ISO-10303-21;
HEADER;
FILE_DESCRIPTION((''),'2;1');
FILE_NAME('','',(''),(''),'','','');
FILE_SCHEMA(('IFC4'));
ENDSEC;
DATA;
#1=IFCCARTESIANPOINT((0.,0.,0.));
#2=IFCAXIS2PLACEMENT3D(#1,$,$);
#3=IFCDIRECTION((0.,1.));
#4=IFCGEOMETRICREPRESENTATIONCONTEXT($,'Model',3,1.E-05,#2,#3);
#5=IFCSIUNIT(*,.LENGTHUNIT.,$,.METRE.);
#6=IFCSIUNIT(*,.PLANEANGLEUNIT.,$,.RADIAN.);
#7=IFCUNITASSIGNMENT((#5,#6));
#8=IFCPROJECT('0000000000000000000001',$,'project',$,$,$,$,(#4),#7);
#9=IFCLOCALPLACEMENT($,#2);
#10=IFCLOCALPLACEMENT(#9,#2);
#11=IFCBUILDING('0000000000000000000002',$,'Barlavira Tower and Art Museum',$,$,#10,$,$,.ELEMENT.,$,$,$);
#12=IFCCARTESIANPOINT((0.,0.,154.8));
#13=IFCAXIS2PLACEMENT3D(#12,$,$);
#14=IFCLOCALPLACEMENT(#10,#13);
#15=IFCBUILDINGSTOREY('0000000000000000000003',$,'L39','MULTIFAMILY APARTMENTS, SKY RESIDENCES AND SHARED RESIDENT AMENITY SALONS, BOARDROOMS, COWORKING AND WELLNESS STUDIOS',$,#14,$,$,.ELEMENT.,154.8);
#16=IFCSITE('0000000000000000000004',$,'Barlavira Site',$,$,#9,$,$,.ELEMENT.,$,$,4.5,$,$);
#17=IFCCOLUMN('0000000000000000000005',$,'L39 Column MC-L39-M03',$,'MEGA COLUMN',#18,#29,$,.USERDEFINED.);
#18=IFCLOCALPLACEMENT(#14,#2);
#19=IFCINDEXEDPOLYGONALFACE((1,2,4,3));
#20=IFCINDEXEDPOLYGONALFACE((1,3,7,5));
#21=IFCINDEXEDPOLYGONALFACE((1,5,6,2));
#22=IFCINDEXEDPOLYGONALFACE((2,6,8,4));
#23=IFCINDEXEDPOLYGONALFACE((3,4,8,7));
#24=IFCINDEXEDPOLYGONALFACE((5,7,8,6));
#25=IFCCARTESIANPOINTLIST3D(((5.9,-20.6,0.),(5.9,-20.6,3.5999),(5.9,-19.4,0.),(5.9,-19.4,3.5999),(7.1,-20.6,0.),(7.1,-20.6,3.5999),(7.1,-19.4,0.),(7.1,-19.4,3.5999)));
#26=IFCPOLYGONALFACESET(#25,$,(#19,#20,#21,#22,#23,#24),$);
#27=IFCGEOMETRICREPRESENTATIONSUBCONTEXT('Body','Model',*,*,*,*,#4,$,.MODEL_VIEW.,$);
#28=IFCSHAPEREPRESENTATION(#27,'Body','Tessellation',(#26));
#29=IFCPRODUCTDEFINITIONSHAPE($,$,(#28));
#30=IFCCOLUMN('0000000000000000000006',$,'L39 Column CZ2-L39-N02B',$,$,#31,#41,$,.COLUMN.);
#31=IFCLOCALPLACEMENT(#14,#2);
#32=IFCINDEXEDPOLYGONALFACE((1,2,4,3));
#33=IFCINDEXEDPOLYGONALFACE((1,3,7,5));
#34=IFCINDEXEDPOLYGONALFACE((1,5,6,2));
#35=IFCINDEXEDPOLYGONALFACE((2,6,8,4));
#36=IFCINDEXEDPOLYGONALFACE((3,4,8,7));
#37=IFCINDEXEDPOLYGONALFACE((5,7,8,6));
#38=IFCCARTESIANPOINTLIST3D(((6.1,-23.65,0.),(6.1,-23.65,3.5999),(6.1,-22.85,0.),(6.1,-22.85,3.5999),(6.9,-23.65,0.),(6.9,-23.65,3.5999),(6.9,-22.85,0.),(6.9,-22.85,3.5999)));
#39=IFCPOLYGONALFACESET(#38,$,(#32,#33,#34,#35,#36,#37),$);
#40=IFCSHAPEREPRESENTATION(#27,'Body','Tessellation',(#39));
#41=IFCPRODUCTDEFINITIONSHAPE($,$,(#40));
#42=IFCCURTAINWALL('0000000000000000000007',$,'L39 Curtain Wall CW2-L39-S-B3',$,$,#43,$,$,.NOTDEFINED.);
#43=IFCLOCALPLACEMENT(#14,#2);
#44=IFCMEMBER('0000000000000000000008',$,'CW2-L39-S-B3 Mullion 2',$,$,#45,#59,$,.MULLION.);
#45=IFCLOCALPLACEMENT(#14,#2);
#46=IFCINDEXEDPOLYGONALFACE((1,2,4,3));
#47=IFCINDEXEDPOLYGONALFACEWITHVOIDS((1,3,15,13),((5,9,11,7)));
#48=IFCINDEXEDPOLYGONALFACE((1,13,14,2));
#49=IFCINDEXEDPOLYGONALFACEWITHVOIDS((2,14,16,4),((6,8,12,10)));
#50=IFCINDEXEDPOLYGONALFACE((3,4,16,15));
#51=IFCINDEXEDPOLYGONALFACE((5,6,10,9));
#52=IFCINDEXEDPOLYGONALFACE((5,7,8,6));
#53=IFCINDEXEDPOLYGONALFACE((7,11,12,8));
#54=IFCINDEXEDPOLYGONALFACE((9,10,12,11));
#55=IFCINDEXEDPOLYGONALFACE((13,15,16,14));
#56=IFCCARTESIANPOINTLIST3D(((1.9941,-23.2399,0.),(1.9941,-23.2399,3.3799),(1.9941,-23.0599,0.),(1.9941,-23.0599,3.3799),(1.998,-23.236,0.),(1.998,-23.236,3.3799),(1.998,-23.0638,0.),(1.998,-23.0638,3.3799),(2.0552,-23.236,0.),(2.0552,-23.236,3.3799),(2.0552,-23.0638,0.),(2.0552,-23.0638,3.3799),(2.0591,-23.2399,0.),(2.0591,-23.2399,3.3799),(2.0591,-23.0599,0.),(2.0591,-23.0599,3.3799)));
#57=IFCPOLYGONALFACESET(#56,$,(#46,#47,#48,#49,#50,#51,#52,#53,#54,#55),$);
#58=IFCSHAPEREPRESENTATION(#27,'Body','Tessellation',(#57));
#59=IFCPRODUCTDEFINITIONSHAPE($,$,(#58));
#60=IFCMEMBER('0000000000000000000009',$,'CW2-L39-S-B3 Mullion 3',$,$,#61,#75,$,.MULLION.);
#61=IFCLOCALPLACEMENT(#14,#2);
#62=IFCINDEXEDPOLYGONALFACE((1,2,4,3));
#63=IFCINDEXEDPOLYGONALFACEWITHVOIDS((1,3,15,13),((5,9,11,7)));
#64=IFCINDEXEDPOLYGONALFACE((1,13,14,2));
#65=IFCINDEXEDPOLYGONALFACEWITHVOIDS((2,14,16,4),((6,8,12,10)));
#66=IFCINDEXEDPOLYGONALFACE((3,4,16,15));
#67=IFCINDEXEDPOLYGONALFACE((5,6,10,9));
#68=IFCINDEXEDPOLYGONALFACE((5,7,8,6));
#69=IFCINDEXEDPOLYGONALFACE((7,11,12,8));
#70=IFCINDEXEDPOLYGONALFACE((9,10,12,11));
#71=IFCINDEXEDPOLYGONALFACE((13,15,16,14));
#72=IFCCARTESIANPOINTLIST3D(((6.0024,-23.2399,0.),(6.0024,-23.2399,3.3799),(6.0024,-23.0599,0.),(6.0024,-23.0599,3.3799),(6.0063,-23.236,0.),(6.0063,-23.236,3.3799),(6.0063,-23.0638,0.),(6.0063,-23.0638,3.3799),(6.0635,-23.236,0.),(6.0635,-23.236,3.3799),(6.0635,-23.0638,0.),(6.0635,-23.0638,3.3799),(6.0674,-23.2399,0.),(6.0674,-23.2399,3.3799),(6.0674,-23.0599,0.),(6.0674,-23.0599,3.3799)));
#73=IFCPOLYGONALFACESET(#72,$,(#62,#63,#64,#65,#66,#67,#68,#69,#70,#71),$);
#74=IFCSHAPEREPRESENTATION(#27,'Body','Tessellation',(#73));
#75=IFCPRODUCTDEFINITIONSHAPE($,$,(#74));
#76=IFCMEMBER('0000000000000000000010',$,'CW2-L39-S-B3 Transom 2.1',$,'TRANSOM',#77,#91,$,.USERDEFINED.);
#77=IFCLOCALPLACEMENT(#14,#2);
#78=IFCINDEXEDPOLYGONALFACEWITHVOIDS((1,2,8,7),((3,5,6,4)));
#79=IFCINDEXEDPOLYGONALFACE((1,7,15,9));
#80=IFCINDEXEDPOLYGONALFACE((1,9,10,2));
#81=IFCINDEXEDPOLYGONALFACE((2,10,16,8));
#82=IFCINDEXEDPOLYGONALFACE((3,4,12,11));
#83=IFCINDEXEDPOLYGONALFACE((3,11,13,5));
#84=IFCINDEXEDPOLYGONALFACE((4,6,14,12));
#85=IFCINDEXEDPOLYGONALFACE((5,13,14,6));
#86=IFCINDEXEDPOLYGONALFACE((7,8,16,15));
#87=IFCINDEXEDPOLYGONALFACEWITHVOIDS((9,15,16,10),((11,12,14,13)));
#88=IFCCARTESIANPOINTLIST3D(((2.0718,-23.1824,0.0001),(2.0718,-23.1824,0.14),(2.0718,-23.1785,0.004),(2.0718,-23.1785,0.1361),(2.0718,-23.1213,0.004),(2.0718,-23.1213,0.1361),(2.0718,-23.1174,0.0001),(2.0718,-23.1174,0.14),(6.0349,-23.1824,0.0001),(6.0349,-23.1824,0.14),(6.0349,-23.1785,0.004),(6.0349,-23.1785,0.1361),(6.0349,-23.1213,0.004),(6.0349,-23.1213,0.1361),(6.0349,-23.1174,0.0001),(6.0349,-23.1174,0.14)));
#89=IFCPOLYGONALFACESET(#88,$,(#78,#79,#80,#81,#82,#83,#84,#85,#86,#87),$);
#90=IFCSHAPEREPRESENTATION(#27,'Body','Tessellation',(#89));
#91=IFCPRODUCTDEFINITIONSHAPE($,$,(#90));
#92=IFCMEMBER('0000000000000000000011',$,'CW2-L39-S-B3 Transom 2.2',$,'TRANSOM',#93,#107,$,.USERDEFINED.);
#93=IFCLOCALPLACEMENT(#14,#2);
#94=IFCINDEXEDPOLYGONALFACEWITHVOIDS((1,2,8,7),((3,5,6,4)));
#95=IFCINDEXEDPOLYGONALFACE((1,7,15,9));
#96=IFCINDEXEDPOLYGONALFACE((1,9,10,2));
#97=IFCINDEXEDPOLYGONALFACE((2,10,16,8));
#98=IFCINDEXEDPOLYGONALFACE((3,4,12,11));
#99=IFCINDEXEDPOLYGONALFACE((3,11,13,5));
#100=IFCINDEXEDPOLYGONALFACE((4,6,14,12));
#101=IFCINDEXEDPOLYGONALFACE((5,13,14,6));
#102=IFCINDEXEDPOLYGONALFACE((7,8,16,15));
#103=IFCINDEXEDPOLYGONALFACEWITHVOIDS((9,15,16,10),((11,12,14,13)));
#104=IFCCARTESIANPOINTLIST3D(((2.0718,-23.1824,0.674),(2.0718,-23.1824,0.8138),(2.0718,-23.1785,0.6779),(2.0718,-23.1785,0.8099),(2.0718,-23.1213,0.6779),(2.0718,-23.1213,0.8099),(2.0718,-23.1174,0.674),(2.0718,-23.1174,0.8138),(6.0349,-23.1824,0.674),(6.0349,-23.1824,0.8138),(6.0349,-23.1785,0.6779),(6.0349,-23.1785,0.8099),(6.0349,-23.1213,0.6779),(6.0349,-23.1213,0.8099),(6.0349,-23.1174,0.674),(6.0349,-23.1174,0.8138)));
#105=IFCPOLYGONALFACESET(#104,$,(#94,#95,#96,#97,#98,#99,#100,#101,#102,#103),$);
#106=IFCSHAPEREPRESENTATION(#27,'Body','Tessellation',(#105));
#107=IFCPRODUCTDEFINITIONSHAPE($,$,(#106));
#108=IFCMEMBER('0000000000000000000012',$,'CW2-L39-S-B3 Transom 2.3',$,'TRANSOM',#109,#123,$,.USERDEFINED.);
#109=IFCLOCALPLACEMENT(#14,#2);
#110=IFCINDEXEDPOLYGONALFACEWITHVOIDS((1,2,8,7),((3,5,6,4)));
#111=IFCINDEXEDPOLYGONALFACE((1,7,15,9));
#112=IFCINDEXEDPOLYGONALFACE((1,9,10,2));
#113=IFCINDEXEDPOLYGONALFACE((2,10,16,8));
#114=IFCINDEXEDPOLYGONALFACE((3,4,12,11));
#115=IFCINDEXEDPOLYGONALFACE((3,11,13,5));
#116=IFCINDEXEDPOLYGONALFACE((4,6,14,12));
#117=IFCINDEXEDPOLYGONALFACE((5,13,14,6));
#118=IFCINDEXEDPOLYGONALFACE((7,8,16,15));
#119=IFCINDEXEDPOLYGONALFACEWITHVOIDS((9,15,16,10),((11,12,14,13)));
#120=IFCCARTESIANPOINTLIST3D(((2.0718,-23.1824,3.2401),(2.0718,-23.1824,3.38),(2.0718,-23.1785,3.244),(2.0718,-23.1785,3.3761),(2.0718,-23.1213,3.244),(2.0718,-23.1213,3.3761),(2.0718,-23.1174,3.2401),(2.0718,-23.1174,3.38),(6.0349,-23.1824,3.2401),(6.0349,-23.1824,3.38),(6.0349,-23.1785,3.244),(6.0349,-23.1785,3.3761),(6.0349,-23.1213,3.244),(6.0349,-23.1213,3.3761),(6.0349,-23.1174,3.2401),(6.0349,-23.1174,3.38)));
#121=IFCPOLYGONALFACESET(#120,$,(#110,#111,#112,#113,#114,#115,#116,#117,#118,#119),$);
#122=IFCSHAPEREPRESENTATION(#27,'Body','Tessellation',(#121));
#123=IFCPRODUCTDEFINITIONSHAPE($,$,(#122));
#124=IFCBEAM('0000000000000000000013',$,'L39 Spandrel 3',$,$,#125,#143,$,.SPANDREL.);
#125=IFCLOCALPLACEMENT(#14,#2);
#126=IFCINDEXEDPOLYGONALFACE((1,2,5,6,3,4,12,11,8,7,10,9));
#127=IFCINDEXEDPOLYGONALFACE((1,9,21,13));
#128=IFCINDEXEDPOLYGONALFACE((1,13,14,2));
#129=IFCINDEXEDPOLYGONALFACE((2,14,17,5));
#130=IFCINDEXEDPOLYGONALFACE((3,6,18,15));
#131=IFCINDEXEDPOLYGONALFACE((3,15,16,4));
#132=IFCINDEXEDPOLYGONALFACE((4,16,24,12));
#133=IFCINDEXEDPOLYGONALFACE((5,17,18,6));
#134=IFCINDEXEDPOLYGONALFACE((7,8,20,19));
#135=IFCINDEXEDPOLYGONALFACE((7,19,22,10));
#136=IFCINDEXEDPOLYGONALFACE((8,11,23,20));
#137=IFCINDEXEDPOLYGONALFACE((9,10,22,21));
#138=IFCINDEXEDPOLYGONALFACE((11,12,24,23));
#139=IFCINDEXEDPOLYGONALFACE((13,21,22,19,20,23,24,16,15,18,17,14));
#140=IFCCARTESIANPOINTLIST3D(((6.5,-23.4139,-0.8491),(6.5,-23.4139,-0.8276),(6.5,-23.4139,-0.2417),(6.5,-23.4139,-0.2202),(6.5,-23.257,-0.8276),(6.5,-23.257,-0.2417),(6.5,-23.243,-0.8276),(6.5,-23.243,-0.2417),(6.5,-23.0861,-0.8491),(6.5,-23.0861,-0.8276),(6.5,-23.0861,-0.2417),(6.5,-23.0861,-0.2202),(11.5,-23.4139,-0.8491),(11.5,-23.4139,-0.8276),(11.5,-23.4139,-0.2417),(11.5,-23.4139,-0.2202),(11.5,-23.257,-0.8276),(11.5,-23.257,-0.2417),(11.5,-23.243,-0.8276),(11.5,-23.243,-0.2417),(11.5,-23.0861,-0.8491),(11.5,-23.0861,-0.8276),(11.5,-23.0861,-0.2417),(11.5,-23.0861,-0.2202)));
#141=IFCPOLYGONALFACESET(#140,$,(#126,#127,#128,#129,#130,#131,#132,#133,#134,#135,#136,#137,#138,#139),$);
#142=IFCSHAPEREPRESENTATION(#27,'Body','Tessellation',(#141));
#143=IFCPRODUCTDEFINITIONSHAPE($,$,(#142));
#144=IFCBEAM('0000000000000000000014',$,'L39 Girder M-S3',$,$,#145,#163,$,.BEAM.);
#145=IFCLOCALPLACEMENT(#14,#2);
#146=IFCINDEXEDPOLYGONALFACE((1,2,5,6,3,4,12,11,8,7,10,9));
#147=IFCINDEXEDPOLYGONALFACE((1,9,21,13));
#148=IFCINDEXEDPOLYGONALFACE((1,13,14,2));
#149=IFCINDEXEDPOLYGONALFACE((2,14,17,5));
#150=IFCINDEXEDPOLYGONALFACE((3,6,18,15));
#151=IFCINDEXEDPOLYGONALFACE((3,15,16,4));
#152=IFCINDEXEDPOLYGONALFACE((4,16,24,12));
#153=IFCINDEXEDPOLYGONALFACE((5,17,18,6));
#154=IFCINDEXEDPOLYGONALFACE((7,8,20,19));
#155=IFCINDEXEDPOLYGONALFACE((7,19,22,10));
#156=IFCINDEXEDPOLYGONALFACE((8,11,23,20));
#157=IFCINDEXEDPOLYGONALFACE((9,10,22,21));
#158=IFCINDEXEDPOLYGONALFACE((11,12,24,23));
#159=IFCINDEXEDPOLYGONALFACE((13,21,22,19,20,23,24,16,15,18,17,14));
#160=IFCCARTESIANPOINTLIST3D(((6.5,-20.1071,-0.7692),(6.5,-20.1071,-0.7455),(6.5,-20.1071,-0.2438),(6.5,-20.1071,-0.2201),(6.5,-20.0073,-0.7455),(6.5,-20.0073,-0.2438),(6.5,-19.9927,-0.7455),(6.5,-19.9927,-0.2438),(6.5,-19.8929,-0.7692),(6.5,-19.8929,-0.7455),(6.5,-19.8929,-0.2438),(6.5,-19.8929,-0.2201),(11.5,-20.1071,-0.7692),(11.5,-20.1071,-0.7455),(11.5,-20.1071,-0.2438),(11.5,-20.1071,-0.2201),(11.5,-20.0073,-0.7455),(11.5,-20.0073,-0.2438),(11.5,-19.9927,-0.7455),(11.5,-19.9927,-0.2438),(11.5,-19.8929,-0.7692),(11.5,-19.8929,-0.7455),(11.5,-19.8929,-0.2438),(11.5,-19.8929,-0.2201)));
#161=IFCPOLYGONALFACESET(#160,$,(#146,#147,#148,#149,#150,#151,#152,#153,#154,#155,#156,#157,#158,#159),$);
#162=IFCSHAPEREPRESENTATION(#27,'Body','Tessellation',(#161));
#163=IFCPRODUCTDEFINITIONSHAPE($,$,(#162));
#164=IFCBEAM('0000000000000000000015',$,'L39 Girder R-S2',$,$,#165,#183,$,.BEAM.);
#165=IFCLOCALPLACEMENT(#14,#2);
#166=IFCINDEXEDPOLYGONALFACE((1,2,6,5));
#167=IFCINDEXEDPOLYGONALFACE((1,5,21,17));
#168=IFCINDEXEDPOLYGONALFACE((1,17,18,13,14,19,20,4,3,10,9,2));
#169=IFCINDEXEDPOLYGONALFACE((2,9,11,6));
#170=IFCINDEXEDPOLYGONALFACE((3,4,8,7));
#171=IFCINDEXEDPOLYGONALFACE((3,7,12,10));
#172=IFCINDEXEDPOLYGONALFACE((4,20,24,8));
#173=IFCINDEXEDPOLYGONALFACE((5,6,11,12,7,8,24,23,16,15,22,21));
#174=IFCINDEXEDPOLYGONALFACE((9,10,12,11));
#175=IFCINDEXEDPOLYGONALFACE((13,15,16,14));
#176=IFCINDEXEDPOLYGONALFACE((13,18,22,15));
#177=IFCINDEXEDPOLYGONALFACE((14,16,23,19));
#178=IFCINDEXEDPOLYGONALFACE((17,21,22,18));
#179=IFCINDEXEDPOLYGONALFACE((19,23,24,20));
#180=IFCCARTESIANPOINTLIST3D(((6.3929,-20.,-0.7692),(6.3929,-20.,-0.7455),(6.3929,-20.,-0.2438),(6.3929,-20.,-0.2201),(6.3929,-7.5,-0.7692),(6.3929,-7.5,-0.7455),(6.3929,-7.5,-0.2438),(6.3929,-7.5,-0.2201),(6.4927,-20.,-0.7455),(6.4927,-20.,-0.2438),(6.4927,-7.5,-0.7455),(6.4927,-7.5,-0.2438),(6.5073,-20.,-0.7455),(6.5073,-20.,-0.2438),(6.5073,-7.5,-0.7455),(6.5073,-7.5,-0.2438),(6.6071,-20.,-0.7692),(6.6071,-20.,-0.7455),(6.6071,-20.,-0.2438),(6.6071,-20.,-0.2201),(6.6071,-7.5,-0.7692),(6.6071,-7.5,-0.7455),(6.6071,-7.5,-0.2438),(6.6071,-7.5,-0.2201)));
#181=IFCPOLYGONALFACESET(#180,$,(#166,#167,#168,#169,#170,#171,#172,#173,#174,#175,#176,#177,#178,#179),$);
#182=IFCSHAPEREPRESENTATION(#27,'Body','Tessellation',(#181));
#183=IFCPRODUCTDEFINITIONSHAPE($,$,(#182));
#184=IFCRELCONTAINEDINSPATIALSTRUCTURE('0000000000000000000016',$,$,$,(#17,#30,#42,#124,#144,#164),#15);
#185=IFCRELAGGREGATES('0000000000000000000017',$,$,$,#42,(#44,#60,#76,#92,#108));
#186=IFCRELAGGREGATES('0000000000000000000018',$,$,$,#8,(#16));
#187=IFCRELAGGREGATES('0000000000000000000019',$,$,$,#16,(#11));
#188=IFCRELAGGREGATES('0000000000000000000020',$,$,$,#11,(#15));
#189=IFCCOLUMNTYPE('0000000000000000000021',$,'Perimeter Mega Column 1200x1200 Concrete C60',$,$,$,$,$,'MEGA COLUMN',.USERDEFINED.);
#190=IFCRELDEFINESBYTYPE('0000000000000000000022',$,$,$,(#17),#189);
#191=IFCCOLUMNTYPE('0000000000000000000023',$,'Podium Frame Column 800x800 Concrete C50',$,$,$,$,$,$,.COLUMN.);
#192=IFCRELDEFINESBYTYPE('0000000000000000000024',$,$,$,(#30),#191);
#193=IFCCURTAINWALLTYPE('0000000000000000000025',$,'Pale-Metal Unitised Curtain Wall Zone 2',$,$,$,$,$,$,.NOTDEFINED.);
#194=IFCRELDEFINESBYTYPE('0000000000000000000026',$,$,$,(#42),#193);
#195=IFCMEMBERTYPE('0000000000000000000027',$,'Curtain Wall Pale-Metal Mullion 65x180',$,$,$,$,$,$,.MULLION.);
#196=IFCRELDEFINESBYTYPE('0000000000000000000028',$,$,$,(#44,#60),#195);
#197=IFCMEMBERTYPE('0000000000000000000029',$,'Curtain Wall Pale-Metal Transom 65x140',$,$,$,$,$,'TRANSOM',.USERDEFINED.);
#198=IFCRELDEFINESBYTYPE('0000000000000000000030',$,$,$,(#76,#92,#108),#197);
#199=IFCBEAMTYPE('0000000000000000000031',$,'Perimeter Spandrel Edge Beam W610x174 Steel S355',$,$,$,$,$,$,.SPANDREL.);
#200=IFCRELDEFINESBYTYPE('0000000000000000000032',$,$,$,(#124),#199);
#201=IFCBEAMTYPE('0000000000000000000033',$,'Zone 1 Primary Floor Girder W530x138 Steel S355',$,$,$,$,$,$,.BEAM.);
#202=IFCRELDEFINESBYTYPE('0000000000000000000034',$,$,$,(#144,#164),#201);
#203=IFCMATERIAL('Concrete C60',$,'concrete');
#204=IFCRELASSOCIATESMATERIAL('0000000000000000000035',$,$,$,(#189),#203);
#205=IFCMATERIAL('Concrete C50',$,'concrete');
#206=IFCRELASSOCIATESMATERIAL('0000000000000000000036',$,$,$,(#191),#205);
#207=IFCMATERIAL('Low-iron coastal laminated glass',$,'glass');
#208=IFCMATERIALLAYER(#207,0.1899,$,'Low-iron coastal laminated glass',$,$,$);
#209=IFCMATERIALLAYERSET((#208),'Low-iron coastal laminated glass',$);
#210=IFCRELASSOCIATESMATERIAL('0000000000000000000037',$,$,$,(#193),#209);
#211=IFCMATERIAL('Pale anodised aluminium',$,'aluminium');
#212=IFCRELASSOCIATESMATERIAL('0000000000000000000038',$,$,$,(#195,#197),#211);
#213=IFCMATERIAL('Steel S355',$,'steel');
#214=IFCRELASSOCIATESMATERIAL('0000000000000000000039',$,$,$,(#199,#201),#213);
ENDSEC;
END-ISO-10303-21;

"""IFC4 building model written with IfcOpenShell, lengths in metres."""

from ifc_helpers import new_model, si_unit, direction, frame, origin, origin_2d, place, context, subcontext, project, spatial, rectangle, hollow_rectangle, i_section, extrude, material, layer, layer_set, material_profile, profile_set, type_object, element, aggregate, save


model = new_model("IFC4")

# Units and contexts
model_context = context("Model", 3, precision=1e-05, world=origin(), true_north=direction((0.0, 1.0)))
body_context = subcontext(model_context, "Body", "Model", "MODEL_VIEW")
ifc_project = project(units=[si_unit("LENGTHUNIT", "METRE"), si_unit("PLANEANGLEUNIT", "RADIAN")], contexts=[model_context])

# Site, building, storey
site_placement = place(None, origin())
site = spatial("IfcSite", under=ifc_project, at=site_placement, Name="Barlavira Site", CompositionType="ELEMENT", RefElevation=4.5)
building_placement = place(site_placement, origin())
building = spatial("IfcBuilding", under=site, at=building_placement, Name="Barlavira Tower and Art Museum", CompositionType="ELEMENT")
storey_placement = place(building_placement, frame((0.0, 0.0, 154.8)))
storey = spatial("IfcBuildingStorey", under=building, at=storey_placement, Name="L39", Description="MULTIFAMILY APARTMENTS, SKY RESIDENCES AND SHARED RESIDENT AMENITY SALONS, BOARDROOMS, COWORKING AND WELLNESS STUDIOS", CompositionType="ELEMENT", Elevation=154.8)

# Columns
ifc_material_1 = material(Name="Concrete C60", Category="concrete")
ifc_material_profile_1 = material_profile(ifc_material_1, rectangle(XDim=1.2, YDim=1.2, at=origin_2d()), Name="RC-COL 1200x1200")
ifc_profile_set_1 = profile_set([ifc_material_profile_1], Name="Concrete C60")
column_type_1 = type_object("IfcColumnType", Name="Perimeter Mega Column 1200x1200 Concrete C60", ElementType="MEGA COLUMN", PredefinedType="USERDEFINED", material=ifc_profile_set_1)
column_1_placement = place(storey_placement, frame((6.5, -20.0, 0.0), z_axis=(0.0, 0.0, 1.0), x_axis=(1.0, 0.0, 0.0)))
element("IfcColumn", 1, at=column_1_placement, inside=storey, type_object=column_type_1, Name="L39 Column MC-L39-M03", ObjectType="MEGA COLUMN", PredefinedType="USERDEFINED", context=body_context, shape_type="SweptSolid", body=[
    extrude(rectangle(XDim=1.2, YDim=1.2, at=origin_2d()), origin(), (0.0, 0.0, 1.0), 3.5999),
])
ifc_material_2 = material(Name="Concrete C50", Category="concrete")
ifc_material_profile_2 = material_profile(ifc_material_2, rectangle(XDim=0.8, YDim=0.8, at=origin_2d()), Name="RC-COL 800x800")
ifc_profile_set_2 = profile_set([ifc_material_profile_2], Name="Concrete C50")
column_type_2 = type_object("IfcColumnType", Name="Podium Frame Column 800x800 Concrete C50", PredefinedType="COLUMN", material=ifc_profile_set_2)
column_2_placement = place(storey_placement, frame((6.5, -23.25, 0.0), z_axis=(0.0, 0.0, 1.0), x_axis=(1.0, 0.0, 0.0)))
element("IfcColumn", 2, at=column_2_placement, inside=storey, type_object=column_type_2, Name="L39 Column CZ2-L39-N02B", PredefinedType="COLUMN", context=body_context, shape_type="SweptSolid", body=[
    extrude(rectangle(XDim=0.8, YDim=0.8, at=origin_2d()), origin(), (0.0, 0.0, 1.0), 3.5999),
])

# Curtain wall, members
ifc_material_3 = material(Name="Low-iron coastal laminated glass", Category="glass")
ifc_layer_1 = layer(ifc_material_3, 0.1899, Name="Low-iron coastal laminated glass")
ifc_layer_set_1 = layer_set([ifc_layer_1], Name="Low-iron coastal laminated glass")
curtain_wall_type = type_object("IfcCurtainWallType", Name="Pale-Metal Unitised Curtain Wall Zone 2", PredefinedType="NOTDEFINED", material=ifc_layer_set_1)
curtain_wall_placement = place(storey_placement, origin())
curtain_wall = element("IfcCurtainWall", 3, at=curtain_wall_placement, inside=storey, type_object=curtain_wall_type, Name="L39 Curtain Wall CW2-L39-S-B3", PredefinedType="NOTDEFINED")
ifc_material_4 = material(Name="Pale anodised aluminium", Category="aluminium")
ifc_material_profile_3 = material_profile(ifc_material_4, hollow_rectangle(XDim=0.0649, YDim=0.1799, WallThickness=0.0039, at=origin_2d()), Name="ALU-MULL 65x180x4")
ifc_profile_set_3 = profile_set([ifc_material_profile_3], Name="Pale anodised aluminium")
member_type_1 = type_object("IfcMemberType", Name="Curtain Wall Pale-Metal Mullion 65x180", PredefinedType="MULLION", material=ifc_profile_set_3)
member_1_placement = place(storey_placement, frame((2.0266, -23.1499, 0.0), z_axis=(0.0, 0.0, 1.0), x_axis=(1.0, 0.0, 0.0)))
member_1 = element("IfcMember", 4, at=member_1_placement, type_object=member_type_1, Name="CW2-L39-S-B3 Mullion 2", PredefinedType="MULLION", context=body_context, shape_type="SweptSolid", body=[
    extrude(hollow_rectangle(XDim=0.0649, YDim=0.1799, WallThickness=0.0039, at=origin_2d()), origin(), (0.0, 0.0, 1.0), 3.3799),
])
member_2_placement = place(storey_placement, frame((6.0349, -23.1499, 0.0), z_axis=(0.0, 0.0, 1.0), x_axis=(1.0, 0.0, 0.0)))
member_2 = element("IfcMember", 5, at=member_2_placement, type_object=member_type_1, Name="CW2-L39-S-B3 Mullion 3", PredefinedType="MULLION", context=body_context, shape_type="SweptSolid", body=[
    extrude(hollow_rectangle(XDim=0.0649, YDim=0.1799, WallThickness=0.0039, at=origin_2d()), origin(), (0.0, 0.0, 1.0), 3.3799),
])
ifc_material_profile_4 = material_profile(ifc_material_4, hollow_rectangle(XDim=0.0649, YDim=0.1399, WallThickness=0.0039, at=origin_2d()), Name="ALU-TRAN 65x140x4")
ifc_profile_set_4 = profile_set([ifc_material_profile_4], Name="Pale anodised aluminium")
member_type_2 = type_object("IfcMemberType", Name="Curtain Wall Pale-Metal Transom 65x140", ElementType="TRANSOM", PredefinedType="USERDEFINED", material=ifc_profile_set_4)
member_3_placement = place(storey_placement, frame((2.0718, -23.1499, 0.0701), z_axis=(1.0, 0.0, 0.0), x_axis=(0.0, 1.0, 0.0)))
member_3 = element("IfcMember", 6, at=member_3_placement, type_object=member_type_2, Name="CW2-L39-S-B3 Transom 2.1", ObjectType="TRANSOM", PredefinedType="USERDEFINED", context=body_context, shape_type="SweptSolid", body=[
    extrude(hollow_rectangle(XDim=0.0649, YDim=0.1399, WallThickness=0.0039, at=origin_2d()), origin(), (0.0, 0.0, 1.0), 3.9631),
])
member_4_placement = place(storey_placement, frame((2.0718, -23.1499, 0.7439), z_axis=(1.0, 0.0, 0.0), x_axis=(0.0, 1.0, 0.0)))
member_4 = element("IfcMember", 7, at=member_4_placement, type_object=member_type_2, Name="CW2-L39-S-B3 Transom 2.2", ObjectType="TRANSOM", PredefinedType="USERDEFINED", context=body_context, shape_type="SweptSolid", body=[
    extrude(hollow_rectangle(XDim=0.0649, YDim=0.1399, WallThickness=0.0039, at=origin_2d()), origin(), (0.0, 0.0, 1.0), 3.9631),
])
member_5_placement = place(storey_placement, frame((2.0718, -23.1499, 3.3101), z_axis=(1.0, 0.0, 0.0), x_axis=(0.0, 1.0, 0.0)))
member_5 = element("IfcMember", 8, at=member_5_placement, type_object=member_type_2, Name="CW2-L39-S-B3 Transom 2.3", ObjectType="TRANSOM", PredefinedType="USERDEFINED", context=body_context, shape_type="SweptSolid", body=[
    extrude(hollow_rectangle(XDim=0.0649, YDim=0.1399, WallThickness=0.0039, at=origin_2d()), origin(), (0.0, 0.0, 1.0), 3.9631),
])

# Beams
ifc_material_5 = material(Name="Steel S355", Category="steel")
ifc_material_profile_5 = material_profile(ifc_material_5, i_section(OverallWidth=0.3279, OverallDepth=0.6289, WebThickness=0.0139, FlangeThickness=0.0215, at=origin_2d()), Name="W610x174.0")
ifc_profile_set_5 = profile_set([ifc_material_profile_5], Name="Steel S355")
beam_type_1 = type_object("IfcBeamType", Name="Perimeter Spandrel Edge Beam W610x174 Steel S355", PredefinedType="SPANDREL", material=ifc_profile_set_5)
beam_1_placement = place(storey_placement, frame((6.5, -23.25, -0.5347), z_axis=(1.0, 0.0, 0.0), x_axis=(0.0, 1.0, 0.0)))
element("IfcBeam", 9, at=beam_1_placement, inside=storey, type_object=beam_type_1, Name="L39 Spandrel 3", PredefinedType="SPANDREL", context=body_context, shape_type="SweptSolid", body=[
    extrude(i_section(OverallWidth=0.3279, OverallDepth=0.6289, WebThickness=0.0139, FlangeThickness=0.0215, at=origin_2d()), origin(), (0.0, 0.0, 1.0), 5.0),
])
ifc_material_profile_6 = material_profile(ifc_material_5, i_section(OverallWidth=0.2141, OverallDepth=0.5491, WebThickness=0.0146, FlangeThickness=0.0237, at=origin_2d()), Name="W530x138.0")
ifc_profile_set_6 = profile_set([ifc_material_profile_6], Name="Steel S355")
beam_type_2 = type_object("IfcBeamType", Name="Zone 1 Primary Floor Girder W530x138 Steel S355", PredefinedType="BEAM", material=ifc_profile_set_6)
beam_2_placement = place(storey_placement, frame((6.5, -20.0, -0.4946), z_axis=(1.0, 0.0, 0.0), x_axis=(0.0, 1.0, 0.0)))
element("IfcBeam", 10, at=beam_2_placement, inside=storey, type_object=beam_type_2, Name="L39 Girder M-S3", PredefinedType="BEAM", context=body_context, shape_type="SweptSolid", body=[
    extrude(i_section(OverallWidth=0.2141, OverallDepth=0.5491, WebThickness=0.0146, FlangeThickness=0.0237, at=origin_2d()), origin(), (0.0, 0.0, 1.0), 5.0),
])
beam_3_placement = place(storey_placement, frame((6.5, -20.0, -0.4946), z_axis=(0.0, 1.0, 0.0), x_axis=(-1.0, 0.0, 0.0)))
element("IfcBeam", 11, at=beam_3_placement, inside=storey, type_object=beam_type_2, Name="L39 Girder R-S2", PredefinedType="BEAM", context=body_context, shape_type="SweptSolid", body=[
    extrude(i_section(OverallWidth=0.2141, OverallDepth=0.5491, WebThickness=0.0146, FlangeThickness=0.0237, at=origin_2d()), origin(), (0.0, 0.0, 1.0), 12.5),
])

aggregate(curtain_wall, [member_1, member_2, member_3, member_4, member_5])

save(model, "model.ifc")
